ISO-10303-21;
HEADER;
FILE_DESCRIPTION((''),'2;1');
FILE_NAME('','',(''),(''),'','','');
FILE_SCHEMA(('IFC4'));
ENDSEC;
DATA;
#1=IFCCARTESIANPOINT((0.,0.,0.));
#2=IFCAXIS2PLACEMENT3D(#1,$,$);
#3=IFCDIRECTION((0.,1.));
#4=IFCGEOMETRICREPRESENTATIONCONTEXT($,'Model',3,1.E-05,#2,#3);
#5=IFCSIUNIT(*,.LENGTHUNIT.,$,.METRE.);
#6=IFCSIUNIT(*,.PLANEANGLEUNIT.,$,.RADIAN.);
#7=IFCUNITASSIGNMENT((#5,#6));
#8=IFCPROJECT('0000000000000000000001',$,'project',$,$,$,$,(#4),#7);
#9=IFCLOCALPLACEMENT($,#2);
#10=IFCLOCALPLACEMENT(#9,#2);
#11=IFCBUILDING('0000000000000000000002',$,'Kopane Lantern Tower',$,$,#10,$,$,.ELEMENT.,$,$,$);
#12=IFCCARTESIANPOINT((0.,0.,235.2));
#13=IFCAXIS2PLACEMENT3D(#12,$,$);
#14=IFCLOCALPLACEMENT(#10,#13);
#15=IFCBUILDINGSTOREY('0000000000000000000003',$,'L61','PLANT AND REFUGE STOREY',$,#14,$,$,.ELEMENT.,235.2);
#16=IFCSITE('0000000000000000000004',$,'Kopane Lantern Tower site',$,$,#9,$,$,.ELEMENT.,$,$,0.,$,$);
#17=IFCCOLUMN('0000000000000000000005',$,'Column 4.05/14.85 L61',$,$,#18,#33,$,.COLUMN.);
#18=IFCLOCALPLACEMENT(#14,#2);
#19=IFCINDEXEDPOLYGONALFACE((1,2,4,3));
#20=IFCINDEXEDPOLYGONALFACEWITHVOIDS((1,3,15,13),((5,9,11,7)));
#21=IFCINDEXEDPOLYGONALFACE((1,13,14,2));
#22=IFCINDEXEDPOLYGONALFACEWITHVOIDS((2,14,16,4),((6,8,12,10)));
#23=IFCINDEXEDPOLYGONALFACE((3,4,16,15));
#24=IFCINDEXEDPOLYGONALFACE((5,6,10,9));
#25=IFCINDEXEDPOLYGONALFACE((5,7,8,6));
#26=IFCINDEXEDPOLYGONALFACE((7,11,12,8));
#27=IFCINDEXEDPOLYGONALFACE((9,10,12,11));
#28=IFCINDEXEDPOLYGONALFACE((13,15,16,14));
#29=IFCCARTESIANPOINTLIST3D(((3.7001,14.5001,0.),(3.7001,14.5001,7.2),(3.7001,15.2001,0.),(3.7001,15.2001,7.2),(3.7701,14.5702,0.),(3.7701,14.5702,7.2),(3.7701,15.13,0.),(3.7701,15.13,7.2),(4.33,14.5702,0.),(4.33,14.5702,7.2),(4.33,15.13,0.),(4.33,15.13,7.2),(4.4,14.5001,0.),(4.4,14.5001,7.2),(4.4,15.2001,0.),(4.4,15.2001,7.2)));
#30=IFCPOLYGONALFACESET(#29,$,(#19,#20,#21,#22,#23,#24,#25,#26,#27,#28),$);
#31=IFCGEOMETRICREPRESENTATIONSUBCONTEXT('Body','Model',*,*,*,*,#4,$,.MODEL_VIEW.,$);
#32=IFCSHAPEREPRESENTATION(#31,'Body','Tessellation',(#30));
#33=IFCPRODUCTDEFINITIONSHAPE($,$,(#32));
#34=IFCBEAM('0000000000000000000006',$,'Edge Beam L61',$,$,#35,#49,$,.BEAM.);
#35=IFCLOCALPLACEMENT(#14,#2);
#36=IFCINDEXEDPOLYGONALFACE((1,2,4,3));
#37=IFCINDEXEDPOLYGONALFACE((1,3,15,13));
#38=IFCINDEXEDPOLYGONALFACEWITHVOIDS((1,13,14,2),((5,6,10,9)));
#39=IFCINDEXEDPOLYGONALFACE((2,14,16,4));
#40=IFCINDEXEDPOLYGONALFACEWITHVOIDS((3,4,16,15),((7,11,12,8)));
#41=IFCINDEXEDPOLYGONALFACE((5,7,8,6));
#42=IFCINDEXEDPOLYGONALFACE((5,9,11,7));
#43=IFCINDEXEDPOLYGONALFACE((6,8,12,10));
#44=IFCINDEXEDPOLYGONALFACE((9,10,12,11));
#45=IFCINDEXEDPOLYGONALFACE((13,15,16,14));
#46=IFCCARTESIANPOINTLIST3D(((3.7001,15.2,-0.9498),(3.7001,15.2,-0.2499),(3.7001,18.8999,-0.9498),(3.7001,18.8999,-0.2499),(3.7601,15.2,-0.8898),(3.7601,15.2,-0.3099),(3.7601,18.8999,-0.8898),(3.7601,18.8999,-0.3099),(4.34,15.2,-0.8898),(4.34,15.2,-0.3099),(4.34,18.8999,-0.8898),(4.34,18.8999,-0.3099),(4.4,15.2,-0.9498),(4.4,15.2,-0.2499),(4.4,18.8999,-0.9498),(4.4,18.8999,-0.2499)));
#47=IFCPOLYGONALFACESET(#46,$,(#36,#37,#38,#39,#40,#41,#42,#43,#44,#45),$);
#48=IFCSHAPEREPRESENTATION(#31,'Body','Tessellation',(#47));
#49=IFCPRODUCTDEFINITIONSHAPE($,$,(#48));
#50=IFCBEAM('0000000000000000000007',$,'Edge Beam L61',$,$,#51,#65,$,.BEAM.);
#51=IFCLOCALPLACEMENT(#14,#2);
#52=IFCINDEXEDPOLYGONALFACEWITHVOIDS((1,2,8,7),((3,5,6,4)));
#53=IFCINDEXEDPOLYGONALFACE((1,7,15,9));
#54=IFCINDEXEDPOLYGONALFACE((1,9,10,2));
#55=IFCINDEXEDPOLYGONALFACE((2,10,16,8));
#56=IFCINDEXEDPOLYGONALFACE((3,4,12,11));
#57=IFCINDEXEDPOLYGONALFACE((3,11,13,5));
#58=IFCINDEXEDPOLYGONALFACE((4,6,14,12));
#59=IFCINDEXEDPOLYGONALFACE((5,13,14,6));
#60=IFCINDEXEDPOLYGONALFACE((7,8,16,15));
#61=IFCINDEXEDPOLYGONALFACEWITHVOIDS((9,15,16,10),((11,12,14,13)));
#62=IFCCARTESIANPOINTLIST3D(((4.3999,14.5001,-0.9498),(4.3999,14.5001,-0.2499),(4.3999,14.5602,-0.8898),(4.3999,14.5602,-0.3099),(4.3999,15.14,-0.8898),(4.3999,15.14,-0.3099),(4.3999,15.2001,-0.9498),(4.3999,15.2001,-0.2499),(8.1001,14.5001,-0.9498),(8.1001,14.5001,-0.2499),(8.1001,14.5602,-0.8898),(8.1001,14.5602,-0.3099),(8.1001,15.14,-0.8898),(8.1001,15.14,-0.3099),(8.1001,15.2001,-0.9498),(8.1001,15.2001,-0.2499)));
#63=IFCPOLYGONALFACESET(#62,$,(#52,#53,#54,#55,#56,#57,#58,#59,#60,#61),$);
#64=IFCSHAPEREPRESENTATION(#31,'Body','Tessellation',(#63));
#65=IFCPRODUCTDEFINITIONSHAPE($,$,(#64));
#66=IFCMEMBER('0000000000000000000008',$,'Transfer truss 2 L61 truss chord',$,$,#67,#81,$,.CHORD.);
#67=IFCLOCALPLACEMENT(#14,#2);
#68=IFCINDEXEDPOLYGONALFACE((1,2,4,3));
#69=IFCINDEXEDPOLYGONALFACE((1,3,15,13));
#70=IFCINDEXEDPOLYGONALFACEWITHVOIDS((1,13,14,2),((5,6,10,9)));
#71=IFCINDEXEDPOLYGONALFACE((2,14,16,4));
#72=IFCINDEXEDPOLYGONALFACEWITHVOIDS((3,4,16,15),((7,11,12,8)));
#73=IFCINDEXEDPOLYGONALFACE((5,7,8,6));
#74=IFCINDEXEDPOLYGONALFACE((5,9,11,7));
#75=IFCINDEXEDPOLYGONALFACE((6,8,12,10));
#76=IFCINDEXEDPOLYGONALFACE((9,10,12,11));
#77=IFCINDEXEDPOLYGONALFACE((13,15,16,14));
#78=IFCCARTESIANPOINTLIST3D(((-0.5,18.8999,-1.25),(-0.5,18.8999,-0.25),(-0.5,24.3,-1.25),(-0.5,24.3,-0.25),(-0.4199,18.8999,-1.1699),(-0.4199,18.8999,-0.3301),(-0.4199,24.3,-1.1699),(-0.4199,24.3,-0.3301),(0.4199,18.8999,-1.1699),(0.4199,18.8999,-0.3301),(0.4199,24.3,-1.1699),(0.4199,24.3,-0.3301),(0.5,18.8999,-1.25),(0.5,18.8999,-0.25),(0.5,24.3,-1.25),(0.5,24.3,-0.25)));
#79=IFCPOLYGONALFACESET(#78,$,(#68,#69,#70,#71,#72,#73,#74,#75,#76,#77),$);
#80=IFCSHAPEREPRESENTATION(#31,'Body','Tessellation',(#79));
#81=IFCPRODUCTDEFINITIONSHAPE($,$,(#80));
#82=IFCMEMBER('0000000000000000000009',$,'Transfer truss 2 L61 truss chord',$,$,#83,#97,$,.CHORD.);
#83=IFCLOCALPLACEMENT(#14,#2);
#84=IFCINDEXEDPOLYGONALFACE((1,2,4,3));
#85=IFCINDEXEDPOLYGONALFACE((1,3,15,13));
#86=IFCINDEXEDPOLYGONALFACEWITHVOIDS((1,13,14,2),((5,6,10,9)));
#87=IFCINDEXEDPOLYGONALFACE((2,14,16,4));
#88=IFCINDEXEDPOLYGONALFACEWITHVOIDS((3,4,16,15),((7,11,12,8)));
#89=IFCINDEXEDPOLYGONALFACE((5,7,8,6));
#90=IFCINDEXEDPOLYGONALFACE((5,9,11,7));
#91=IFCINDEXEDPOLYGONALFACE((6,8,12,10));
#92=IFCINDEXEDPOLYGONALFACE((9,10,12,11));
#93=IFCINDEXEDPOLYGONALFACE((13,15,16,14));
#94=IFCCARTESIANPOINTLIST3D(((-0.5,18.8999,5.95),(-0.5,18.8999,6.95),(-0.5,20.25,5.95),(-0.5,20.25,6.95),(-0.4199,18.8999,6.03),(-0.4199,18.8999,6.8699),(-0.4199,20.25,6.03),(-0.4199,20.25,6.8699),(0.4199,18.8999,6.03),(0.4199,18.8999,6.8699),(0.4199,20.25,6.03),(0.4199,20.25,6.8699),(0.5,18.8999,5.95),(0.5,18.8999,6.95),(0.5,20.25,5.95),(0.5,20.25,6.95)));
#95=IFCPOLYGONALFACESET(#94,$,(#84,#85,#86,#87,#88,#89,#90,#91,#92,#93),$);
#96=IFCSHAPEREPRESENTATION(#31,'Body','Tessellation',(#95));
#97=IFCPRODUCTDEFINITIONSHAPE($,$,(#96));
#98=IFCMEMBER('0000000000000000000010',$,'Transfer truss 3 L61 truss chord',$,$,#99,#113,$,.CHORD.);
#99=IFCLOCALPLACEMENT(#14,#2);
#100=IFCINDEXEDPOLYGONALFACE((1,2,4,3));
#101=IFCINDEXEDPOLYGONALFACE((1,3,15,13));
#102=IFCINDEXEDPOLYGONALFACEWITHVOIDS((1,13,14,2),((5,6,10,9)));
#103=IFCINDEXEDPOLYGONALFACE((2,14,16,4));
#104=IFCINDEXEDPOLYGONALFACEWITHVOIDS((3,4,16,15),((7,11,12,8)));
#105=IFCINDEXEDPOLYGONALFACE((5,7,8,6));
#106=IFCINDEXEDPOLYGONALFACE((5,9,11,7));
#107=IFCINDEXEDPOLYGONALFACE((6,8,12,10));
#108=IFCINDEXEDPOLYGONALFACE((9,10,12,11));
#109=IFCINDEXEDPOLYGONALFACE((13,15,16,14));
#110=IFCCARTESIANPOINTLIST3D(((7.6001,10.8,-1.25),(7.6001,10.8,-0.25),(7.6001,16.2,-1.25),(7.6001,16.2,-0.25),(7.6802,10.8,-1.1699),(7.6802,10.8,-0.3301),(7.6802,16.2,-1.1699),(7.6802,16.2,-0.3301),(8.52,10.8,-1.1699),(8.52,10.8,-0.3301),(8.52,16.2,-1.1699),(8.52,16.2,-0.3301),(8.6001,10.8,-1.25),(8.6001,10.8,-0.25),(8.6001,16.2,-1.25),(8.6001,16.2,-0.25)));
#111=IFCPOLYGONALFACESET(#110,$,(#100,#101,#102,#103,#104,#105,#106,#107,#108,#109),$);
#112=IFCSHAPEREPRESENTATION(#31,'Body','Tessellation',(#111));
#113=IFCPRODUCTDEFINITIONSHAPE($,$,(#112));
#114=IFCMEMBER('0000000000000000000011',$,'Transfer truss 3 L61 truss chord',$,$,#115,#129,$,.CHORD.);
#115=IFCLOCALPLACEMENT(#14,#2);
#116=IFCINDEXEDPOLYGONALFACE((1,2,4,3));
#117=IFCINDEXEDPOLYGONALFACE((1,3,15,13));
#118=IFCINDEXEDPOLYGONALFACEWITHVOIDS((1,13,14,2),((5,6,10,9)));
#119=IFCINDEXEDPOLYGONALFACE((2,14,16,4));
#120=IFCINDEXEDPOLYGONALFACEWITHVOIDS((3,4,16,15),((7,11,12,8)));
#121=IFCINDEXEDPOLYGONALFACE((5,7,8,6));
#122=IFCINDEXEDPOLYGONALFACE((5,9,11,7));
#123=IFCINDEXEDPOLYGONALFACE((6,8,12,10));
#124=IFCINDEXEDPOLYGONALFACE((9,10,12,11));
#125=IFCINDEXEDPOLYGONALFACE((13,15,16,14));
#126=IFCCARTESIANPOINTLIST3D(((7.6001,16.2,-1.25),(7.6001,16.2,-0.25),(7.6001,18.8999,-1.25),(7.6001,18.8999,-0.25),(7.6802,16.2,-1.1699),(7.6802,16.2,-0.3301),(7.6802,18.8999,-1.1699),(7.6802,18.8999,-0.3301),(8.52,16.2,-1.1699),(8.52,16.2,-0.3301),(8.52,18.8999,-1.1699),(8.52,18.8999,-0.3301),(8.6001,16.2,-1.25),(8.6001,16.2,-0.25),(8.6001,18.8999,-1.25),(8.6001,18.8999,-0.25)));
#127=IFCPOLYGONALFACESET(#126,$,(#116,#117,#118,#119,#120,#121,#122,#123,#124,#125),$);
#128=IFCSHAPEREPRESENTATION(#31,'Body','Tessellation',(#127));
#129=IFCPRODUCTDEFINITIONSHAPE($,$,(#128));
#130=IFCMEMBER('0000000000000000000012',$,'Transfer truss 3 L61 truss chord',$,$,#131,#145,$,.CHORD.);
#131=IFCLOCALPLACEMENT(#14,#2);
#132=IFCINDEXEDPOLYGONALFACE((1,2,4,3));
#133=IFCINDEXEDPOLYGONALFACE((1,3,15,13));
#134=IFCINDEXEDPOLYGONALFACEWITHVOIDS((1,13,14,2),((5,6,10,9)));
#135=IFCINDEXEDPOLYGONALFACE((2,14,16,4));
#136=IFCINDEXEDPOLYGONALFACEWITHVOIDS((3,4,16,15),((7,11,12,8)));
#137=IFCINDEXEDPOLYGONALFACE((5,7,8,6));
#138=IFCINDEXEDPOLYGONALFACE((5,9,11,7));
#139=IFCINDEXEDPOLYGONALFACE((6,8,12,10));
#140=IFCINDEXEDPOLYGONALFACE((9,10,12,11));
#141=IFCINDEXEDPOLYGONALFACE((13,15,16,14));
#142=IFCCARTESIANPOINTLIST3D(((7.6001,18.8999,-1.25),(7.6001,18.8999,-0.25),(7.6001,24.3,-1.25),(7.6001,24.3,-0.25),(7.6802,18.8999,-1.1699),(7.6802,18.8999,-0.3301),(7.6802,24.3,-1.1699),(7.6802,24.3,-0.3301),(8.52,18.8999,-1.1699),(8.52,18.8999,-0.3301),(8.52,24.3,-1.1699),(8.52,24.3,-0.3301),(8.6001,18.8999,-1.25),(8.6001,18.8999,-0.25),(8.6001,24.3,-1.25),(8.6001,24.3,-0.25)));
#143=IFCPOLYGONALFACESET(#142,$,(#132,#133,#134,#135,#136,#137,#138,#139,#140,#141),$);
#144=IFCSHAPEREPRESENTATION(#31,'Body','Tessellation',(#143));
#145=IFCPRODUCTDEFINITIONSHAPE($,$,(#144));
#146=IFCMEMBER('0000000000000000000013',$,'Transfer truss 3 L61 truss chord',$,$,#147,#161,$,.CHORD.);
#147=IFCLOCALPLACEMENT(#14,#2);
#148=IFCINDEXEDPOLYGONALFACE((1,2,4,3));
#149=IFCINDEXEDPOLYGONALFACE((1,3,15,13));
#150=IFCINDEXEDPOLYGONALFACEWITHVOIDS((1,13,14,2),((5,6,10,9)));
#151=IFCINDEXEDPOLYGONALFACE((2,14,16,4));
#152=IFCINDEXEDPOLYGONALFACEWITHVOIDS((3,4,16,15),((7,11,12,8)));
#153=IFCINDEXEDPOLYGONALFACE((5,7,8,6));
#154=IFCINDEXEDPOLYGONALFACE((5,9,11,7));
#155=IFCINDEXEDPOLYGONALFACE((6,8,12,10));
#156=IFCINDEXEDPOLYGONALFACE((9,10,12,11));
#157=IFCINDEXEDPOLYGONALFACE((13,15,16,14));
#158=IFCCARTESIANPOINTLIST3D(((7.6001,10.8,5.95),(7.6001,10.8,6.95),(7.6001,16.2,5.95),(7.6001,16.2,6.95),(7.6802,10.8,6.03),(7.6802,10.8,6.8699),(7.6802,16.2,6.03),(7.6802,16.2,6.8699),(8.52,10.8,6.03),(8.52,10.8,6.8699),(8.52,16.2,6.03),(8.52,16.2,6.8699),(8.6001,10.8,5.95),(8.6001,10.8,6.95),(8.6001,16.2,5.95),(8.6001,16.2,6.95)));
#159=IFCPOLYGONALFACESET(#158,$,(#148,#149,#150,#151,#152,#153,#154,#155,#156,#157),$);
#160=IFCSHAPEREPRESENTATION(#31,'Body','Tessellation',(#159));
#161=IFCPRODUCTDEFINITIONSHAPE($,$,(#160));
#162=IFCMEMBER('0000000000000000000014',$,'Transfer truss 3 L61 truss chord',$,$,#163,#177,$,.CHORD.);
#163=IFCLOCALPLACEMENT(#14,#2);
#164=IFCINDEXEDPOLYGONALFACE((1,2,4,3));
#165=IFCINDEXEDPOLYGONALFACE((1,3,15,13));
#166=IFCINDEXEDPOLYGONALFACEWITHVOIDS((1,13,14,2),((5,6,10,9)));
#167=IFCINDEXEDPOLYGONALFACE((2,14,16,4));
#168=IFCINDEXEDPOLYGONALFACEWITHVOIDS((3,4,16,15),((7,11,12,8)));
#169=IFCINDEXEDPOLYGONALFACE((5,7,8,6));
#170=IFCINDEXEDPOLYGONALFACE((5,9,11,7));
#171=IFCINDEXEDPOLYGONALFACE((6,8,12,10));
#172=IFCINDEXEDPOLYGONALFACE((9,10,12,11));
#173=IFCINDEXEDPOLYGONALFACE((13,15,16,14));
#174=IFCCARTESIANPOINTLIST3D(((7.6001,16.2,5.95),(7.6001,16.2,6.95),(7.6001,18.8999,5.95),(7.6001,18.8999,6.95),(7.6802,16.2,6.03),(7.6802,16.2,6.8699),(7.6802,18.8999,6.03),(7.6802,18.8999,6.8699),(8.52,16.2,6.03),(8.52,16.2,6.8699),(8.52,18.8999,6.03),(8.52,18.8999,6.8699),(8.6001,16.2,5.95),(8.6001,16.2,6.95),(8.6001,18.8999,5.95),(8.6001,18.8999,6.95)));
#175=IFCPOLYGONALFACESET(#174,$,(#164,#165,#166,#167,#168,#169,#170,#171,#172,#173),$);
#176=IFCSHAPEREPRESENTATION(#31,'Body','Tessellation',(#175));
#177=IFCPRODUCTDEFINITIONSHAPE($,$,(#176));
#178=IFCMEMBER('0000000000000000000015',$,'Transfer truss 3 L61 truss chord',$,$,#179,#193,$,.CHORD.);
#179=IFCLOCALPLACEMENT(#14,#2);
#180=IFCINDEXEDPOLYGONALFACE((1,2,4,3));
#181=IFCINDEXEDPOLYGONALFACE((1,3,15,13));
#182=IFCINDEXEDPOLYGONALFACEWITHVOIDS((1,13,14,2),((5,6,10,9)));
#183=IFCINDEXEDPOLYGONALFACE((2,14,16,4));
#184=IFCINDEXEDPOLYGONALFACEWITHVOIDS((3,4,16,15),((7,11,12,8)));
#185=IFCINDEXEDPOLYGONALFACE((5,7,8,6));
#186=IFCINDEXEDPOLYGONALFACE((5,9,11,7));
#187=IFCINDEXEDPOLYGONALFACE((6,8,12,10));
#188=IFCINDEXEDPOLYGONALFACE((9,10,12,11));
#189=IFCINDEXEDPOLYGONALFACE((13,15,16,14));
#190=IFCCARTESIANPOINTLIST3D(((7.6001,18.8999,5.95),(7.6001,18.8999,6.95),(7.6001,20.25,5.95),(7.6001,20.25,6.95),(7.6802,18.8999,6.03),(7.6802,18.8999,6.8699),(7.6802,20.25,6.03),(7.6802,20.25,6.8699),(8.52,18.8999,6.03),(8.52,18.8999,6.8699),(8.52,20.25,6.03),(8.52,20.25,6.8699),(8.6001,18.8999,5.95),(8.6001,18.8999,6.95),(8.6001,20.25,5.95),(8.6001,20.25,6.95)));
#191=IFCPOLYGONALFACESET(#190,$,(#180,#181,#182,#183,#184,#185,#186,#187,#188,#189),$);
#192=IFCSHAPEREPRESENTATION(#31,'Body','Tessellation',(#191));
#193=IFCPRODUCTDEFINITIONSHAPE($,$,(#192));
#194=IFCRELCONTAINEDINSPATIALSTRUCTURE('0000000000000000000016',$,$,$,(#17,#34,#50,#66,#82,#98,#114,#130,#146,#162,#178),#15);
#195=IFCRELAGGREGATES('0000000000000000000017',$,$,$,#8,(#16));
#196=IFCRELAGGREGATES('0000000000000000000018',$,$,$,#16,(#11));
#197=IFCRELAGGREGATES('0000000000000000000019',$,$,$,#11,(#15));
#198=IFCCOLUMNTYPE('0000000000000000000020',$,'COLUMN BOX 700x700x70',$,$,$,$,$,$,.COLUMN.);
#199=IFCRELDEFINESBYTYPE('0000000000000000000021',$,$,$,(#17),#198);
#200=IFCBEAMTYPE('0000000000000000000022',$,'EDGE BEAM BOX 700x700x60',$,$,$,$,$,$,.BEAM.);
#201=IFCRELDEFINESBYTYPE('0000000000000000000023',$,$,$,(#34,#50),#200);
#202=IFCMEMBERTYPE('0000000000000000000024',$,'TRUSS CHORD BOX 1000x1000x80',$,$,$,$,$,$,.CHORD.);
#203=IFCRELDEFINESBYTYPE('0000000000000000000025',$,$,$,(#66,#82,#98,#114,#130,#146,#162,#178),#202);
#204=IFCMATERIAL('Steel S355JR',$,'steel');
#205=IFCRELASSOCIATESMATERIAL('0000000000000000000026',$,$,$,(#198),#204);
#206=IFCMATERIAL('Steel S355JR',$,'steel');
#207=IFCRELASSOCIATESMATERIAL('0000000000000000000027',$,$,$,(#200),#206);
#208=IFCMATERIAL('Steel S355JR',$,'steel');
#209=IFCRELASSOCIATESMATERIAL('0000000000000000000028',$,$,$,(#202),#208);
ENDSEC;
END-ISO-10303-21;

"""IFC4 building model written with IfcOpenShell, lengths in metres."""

from ifc_helpers import new_model, si_unit, direction, frame, origin, origin_2d, place, context, subcontext, project, spatial, hollow_rectangle, extrude, material, material_profile, profile_set, type_object, element, save


model = new_model("IFC4")

# Units and contexts
model_context = context("Model", 3, precision=1e-05, world=origin(), true_north=direction((0.0, 1.0)))
body_context = subcontext(model_context, "Body", "Model", "MODEL_VIEW")
ifc_project = project(units=[si_unit("LENGTHUNIT", "METRE"), si_unit("PLANEANGLEUNIT", "RADIAN")], contexts=[model_context])

# Site, building, storey
site_placement = place(None, origin())
site = spatial("IfcSite", under=ifc_project, at=site_placement, Name="Kopane Lantern Tower site", CompositionType="ELEMENT", RefElevation=0.0)
building_placement = place(site_placement, origin())
building = spatial("IfcBuilding", under=site, at=building_placement, Name="Kopane Lantern Tower", CompositionType="ELEMENT")
storey_placement = place(building_placement, frame((0.0, 0.0, 235.2)))
storey = spatial("IfcBuildingStorey", under=building, at=storey_placement, Name="L61", Description="PLANT AND REFUGE STOREY", CompositionType="ELEMENT", Elevation=235.2)

# Column
ifc_material_1 = material(Name="Steel S355JR", Category="steel")
ifc_material_profile_1 = material_profile(ifc_material_1, hollow_rectangle(XDim=0.7, YDim=0.7, WallThickness=0.0701, at=origin_2d()), Name="BOX 700x700x70")
ifc_profile_set_1 = profile_set([ifc_material_profile_1], Name="Steel S355JR")
column_type = type_object("IfcColumnType", Name="COLUMN BOX 700x700x70", PredefinedType="COLUMN", material=ifc_profile_set_1)
column_placement = place(storey_placement, frame((4.05, 14.8501, 0.0), z_axis=(0.0, 0.0, 1.0), x_axis=(1.0, 0.0, 0.0)))
element("IfcColumn", 1, at=column_placement, inside=storey, type_object=column_type, Name="Column 4.05/14.85 L61", PredefinedType="COLUMN", context=body_context, shape_type="SweptSolid", body=[
    extrude(hollow_rectangle(XDim=0.7, YDim=0.7, WallThickness=0.0701, at=origin_2d()), origin(), (0.0, 0.0, 1.0), 7.2),
])

# Beams
ifc_material_2 = material(Name="Steel S355JR", Category="steel")
ifc_material_profile_2 = material_profile(ifc_material_2, hollow_rectangle(XDim=0.7, YDim=0.7, WallThickness=0.0601, at=origin_2d()), Name="BOX 700x700x60")
ifc_profile_set_2 = profile_set([ifc_material_profile_2], Name="Steel S355JR")
beam_type = type_object("IfcBeamType", Name="EDGE BEAM BOX 700x700x60", PredefinedType="BEAM", material=ifc_profile_set_2)
beam_1_placement = place(storey_placement, frame((4.05, 15.2, -0.5999), z_axis=(0.0, 1.0, 0.0), x_axis=(-1.0, 0.0, 0.0)))
element("IfcBeam", 2, at=beam_1_placement, inside=storey, type_object=beam_type, Name="Edge Beam L61", PredefinedType="BEAM", context=body_context, shape_type="SweptSolid", body=[
    extrude(hollow_rectangle(XDim=0.7, YDim=0.7, WallThickness=0.0601, at=origin_2d()), origin(), (0.0, 0.0, 1.0), 3.7),
])
beam_2_placement = place(storey_placement, frame((4.3999, 14.8501, -0.5999), z_axis=(1.0, 0.0, 0.0), x_axis=(0.0, 1.0, 0.0)))
element("IfcBeam", 3, at=beam_2_placement, inside=storey, type_object=beam_type, Name="Edge Beam L61", PredefinedType="BEAM", context=body_context, shape_type="SweptSolid", body=[
    extrude(hollow_rectangle(XDim=0.7, YDim=0.7, WallThickness=0.0601, at=origin_2d()), origin(), (0.0, 0.0, 1.0), 3.7002),
])

# Members
ifc_material_3 = material(Name="Steel S355JR", Category="steel")
ifc_material_profile_3 = material_profile(ifc_material_3, hollow_rectangle(XDim=1.0, YDim=1.0, WallThickness=0.0801, at=origin_2d()), Name="BOX 1000x1000x80")
ifc_profile_set_3 = profile_set([ifc_material_profile_3], Name="Steel S355JR")
member_type_1 = type_object("IfcMemberType", Name="TRUSS CHORD BOX 1000x1000x80", PredefinedType="CHORD", material=ifc_profile_set_3)
member_1_placement = place(storey_placement, frame((0.0, 18.8999, -0.75), z_axis=(0.0, 1.0, 0.0), x_axis=(-1.0, 0.0, 0.0)))
element("IfcMember", 4, at=member_1_placement, inside=storey, type_object=member_type_1, Name="Transfer truss 2 L61 truss chord", PredefinedType="CHORD", context=body_context, shape_type="SweptSolid", body=[
    extrude(hollow_rectangle(XDim=1.0, YDim=1.0, WallThickness=0.0801, at=origin_2d()), origin(), (0.0, 0.0, 1.0), 5.4001),
])
member_2_placement = place(storey_placement, frame((0.0, 18.8999, 6.45), z_axis=(0.0, 1.0, 0.0), x_axis=(-1.0, 0.0, 0.0)))
element("IfcMember", 5, at=member_2_placement, inside=storey, type_object=member_type_1, Name="Transfer truss 2 L61 truss chord", PredefinedType="CHORD", context=body_context, shape_type="SweptSolid", body=[
    extrude(hollow_rectangle(XDim=1.0, YDim=1.0, WallThickness=0.0801, at=origin_2d()), origin(), (0.0, 0.0, 1.0), 1.3501),
])
member_3_placement = place(storey_placement, frame((8.1001, 10.8, -0.75), z_axis=(0.0, 1.0, 0.0), x_axis=(-1.0, 0.0, 0.0)))
element("IfcMember", 6, at=member_3_placement, inside=storey, type_object=member_type_1, Name="Transfer truss 3 L61 truss chord", PredefinedType="CHORD", context=body_context, shape_type="SweptSolid", body=[
    extrude(hollow_rectangle(XDim=1.0, YDim=1.0, WallThickness=0.0801, at=origin_2d()), origin(), (0.0, 0.0, 1.0), 5.3999),
])
member_4_placement = place(storey_placement, frame((8.1001, 16.2, -0.75), z_axis=(0.0, 1.0, 0.0), x_axis=(-1.0, 0.0, 0.0)))
element("IfcMember", 7, at=member_4_placement, inside=storey, type_object=member_type_1, Name="Transfer truss 3 L61 truss chord", PredefinedType="CHORD", context=body_context, shape_type="SweptSolid", body=[
    extrude(hollow_rectangle(XDim=1.0, YDim=1.0, WallThickness=0.0801, at=origin_2d()), origin(), (0.0, 0.0, 1.0), 2.7),
])
member_5_placement = place(storey_placement, frame((8.1001, 18.8999, -0.75), z_axis=(0.0, 1.0, 0.0), x_axis=(-1.0, 0.0, 0.0)))
element("IfcMember", 8, at=member_5_placement, inside=storey, type_object=member_type_1, Name="Transfer truss 3 L61 truss chord", PredefinedType="CHORD", context=body_context, shape_type="SweptSolid", body=[
    extrude(hollow_rectangle(XDim=1.0, YDim=1.0, WallThickness=0.0801, at=origin_2d()), origin(), (0.0, 0.0, 1.0), 5.4001),
])
member_6_placement = place(storey_placement, frame((8.1001, 10.8, 6.45), z_axis=(0.0, 1.0, 0.0), x_axis=(-1.0, 0.0, 0.0)))
element("IfcMember", 9, at=member_6_placement, inside=storey, type_object=member_type_1, Name="Transfer truss 3 L61 truss chord", PredefinedType="CHORD", context=body_context, shape_type="SweptSolid", body=[
    extrude(hollow_rectangle(XDim=1.0, YDim=1.0, WallThickness=0.0801, at=origin_2d()), origin(), (0.0, 0.0, 1.0), 5.3999),
])
member_7_placement = place(storey_placement, frame((8.1001, 16.2, 6.45), z_axis=(0.0, 1.0, 0.0), x_axis=(-1.0, 0.0, 0.0)))
element("IfcMember", 10, at=member_7_placement, inside=storey, type_object=member_type_1, Name="Transfer truss 3 L61 truss chord", PredefinedType="CHORD", context=body_context, shape_type="SweptSolid", body=[
    extrude(hollow_rectangle(XDim=1.0, YDim=1.0, WallThickness=0.0801, at=origin_2d()), origin(), (0.0, 0.0, 1.0), 2.7),
])
member_8_placement = place(storey_placement, frame((8.1001, 18.8999, 6.45), z_axis=(0.0, 1.0, 0.0), x_axis=(-1.0, 0.0, 0.0)))
element("IfcMember", 11, at=member_8_placement, inside=storey, type_object=member_type_1, Name="Transfer truss 3 L61 truss chord", PredefinedType="CHORD", context=body_context, shape_type="SweptSolid", body=[
    extrude(hollow_rectangle(XDim=1.0, YDim=1.0, WallThickness=0.0801, at=origin_2d()), origin(), (0.0, 0.0, 1.0), 1.3501),
])

save(model, "model.ifc")
